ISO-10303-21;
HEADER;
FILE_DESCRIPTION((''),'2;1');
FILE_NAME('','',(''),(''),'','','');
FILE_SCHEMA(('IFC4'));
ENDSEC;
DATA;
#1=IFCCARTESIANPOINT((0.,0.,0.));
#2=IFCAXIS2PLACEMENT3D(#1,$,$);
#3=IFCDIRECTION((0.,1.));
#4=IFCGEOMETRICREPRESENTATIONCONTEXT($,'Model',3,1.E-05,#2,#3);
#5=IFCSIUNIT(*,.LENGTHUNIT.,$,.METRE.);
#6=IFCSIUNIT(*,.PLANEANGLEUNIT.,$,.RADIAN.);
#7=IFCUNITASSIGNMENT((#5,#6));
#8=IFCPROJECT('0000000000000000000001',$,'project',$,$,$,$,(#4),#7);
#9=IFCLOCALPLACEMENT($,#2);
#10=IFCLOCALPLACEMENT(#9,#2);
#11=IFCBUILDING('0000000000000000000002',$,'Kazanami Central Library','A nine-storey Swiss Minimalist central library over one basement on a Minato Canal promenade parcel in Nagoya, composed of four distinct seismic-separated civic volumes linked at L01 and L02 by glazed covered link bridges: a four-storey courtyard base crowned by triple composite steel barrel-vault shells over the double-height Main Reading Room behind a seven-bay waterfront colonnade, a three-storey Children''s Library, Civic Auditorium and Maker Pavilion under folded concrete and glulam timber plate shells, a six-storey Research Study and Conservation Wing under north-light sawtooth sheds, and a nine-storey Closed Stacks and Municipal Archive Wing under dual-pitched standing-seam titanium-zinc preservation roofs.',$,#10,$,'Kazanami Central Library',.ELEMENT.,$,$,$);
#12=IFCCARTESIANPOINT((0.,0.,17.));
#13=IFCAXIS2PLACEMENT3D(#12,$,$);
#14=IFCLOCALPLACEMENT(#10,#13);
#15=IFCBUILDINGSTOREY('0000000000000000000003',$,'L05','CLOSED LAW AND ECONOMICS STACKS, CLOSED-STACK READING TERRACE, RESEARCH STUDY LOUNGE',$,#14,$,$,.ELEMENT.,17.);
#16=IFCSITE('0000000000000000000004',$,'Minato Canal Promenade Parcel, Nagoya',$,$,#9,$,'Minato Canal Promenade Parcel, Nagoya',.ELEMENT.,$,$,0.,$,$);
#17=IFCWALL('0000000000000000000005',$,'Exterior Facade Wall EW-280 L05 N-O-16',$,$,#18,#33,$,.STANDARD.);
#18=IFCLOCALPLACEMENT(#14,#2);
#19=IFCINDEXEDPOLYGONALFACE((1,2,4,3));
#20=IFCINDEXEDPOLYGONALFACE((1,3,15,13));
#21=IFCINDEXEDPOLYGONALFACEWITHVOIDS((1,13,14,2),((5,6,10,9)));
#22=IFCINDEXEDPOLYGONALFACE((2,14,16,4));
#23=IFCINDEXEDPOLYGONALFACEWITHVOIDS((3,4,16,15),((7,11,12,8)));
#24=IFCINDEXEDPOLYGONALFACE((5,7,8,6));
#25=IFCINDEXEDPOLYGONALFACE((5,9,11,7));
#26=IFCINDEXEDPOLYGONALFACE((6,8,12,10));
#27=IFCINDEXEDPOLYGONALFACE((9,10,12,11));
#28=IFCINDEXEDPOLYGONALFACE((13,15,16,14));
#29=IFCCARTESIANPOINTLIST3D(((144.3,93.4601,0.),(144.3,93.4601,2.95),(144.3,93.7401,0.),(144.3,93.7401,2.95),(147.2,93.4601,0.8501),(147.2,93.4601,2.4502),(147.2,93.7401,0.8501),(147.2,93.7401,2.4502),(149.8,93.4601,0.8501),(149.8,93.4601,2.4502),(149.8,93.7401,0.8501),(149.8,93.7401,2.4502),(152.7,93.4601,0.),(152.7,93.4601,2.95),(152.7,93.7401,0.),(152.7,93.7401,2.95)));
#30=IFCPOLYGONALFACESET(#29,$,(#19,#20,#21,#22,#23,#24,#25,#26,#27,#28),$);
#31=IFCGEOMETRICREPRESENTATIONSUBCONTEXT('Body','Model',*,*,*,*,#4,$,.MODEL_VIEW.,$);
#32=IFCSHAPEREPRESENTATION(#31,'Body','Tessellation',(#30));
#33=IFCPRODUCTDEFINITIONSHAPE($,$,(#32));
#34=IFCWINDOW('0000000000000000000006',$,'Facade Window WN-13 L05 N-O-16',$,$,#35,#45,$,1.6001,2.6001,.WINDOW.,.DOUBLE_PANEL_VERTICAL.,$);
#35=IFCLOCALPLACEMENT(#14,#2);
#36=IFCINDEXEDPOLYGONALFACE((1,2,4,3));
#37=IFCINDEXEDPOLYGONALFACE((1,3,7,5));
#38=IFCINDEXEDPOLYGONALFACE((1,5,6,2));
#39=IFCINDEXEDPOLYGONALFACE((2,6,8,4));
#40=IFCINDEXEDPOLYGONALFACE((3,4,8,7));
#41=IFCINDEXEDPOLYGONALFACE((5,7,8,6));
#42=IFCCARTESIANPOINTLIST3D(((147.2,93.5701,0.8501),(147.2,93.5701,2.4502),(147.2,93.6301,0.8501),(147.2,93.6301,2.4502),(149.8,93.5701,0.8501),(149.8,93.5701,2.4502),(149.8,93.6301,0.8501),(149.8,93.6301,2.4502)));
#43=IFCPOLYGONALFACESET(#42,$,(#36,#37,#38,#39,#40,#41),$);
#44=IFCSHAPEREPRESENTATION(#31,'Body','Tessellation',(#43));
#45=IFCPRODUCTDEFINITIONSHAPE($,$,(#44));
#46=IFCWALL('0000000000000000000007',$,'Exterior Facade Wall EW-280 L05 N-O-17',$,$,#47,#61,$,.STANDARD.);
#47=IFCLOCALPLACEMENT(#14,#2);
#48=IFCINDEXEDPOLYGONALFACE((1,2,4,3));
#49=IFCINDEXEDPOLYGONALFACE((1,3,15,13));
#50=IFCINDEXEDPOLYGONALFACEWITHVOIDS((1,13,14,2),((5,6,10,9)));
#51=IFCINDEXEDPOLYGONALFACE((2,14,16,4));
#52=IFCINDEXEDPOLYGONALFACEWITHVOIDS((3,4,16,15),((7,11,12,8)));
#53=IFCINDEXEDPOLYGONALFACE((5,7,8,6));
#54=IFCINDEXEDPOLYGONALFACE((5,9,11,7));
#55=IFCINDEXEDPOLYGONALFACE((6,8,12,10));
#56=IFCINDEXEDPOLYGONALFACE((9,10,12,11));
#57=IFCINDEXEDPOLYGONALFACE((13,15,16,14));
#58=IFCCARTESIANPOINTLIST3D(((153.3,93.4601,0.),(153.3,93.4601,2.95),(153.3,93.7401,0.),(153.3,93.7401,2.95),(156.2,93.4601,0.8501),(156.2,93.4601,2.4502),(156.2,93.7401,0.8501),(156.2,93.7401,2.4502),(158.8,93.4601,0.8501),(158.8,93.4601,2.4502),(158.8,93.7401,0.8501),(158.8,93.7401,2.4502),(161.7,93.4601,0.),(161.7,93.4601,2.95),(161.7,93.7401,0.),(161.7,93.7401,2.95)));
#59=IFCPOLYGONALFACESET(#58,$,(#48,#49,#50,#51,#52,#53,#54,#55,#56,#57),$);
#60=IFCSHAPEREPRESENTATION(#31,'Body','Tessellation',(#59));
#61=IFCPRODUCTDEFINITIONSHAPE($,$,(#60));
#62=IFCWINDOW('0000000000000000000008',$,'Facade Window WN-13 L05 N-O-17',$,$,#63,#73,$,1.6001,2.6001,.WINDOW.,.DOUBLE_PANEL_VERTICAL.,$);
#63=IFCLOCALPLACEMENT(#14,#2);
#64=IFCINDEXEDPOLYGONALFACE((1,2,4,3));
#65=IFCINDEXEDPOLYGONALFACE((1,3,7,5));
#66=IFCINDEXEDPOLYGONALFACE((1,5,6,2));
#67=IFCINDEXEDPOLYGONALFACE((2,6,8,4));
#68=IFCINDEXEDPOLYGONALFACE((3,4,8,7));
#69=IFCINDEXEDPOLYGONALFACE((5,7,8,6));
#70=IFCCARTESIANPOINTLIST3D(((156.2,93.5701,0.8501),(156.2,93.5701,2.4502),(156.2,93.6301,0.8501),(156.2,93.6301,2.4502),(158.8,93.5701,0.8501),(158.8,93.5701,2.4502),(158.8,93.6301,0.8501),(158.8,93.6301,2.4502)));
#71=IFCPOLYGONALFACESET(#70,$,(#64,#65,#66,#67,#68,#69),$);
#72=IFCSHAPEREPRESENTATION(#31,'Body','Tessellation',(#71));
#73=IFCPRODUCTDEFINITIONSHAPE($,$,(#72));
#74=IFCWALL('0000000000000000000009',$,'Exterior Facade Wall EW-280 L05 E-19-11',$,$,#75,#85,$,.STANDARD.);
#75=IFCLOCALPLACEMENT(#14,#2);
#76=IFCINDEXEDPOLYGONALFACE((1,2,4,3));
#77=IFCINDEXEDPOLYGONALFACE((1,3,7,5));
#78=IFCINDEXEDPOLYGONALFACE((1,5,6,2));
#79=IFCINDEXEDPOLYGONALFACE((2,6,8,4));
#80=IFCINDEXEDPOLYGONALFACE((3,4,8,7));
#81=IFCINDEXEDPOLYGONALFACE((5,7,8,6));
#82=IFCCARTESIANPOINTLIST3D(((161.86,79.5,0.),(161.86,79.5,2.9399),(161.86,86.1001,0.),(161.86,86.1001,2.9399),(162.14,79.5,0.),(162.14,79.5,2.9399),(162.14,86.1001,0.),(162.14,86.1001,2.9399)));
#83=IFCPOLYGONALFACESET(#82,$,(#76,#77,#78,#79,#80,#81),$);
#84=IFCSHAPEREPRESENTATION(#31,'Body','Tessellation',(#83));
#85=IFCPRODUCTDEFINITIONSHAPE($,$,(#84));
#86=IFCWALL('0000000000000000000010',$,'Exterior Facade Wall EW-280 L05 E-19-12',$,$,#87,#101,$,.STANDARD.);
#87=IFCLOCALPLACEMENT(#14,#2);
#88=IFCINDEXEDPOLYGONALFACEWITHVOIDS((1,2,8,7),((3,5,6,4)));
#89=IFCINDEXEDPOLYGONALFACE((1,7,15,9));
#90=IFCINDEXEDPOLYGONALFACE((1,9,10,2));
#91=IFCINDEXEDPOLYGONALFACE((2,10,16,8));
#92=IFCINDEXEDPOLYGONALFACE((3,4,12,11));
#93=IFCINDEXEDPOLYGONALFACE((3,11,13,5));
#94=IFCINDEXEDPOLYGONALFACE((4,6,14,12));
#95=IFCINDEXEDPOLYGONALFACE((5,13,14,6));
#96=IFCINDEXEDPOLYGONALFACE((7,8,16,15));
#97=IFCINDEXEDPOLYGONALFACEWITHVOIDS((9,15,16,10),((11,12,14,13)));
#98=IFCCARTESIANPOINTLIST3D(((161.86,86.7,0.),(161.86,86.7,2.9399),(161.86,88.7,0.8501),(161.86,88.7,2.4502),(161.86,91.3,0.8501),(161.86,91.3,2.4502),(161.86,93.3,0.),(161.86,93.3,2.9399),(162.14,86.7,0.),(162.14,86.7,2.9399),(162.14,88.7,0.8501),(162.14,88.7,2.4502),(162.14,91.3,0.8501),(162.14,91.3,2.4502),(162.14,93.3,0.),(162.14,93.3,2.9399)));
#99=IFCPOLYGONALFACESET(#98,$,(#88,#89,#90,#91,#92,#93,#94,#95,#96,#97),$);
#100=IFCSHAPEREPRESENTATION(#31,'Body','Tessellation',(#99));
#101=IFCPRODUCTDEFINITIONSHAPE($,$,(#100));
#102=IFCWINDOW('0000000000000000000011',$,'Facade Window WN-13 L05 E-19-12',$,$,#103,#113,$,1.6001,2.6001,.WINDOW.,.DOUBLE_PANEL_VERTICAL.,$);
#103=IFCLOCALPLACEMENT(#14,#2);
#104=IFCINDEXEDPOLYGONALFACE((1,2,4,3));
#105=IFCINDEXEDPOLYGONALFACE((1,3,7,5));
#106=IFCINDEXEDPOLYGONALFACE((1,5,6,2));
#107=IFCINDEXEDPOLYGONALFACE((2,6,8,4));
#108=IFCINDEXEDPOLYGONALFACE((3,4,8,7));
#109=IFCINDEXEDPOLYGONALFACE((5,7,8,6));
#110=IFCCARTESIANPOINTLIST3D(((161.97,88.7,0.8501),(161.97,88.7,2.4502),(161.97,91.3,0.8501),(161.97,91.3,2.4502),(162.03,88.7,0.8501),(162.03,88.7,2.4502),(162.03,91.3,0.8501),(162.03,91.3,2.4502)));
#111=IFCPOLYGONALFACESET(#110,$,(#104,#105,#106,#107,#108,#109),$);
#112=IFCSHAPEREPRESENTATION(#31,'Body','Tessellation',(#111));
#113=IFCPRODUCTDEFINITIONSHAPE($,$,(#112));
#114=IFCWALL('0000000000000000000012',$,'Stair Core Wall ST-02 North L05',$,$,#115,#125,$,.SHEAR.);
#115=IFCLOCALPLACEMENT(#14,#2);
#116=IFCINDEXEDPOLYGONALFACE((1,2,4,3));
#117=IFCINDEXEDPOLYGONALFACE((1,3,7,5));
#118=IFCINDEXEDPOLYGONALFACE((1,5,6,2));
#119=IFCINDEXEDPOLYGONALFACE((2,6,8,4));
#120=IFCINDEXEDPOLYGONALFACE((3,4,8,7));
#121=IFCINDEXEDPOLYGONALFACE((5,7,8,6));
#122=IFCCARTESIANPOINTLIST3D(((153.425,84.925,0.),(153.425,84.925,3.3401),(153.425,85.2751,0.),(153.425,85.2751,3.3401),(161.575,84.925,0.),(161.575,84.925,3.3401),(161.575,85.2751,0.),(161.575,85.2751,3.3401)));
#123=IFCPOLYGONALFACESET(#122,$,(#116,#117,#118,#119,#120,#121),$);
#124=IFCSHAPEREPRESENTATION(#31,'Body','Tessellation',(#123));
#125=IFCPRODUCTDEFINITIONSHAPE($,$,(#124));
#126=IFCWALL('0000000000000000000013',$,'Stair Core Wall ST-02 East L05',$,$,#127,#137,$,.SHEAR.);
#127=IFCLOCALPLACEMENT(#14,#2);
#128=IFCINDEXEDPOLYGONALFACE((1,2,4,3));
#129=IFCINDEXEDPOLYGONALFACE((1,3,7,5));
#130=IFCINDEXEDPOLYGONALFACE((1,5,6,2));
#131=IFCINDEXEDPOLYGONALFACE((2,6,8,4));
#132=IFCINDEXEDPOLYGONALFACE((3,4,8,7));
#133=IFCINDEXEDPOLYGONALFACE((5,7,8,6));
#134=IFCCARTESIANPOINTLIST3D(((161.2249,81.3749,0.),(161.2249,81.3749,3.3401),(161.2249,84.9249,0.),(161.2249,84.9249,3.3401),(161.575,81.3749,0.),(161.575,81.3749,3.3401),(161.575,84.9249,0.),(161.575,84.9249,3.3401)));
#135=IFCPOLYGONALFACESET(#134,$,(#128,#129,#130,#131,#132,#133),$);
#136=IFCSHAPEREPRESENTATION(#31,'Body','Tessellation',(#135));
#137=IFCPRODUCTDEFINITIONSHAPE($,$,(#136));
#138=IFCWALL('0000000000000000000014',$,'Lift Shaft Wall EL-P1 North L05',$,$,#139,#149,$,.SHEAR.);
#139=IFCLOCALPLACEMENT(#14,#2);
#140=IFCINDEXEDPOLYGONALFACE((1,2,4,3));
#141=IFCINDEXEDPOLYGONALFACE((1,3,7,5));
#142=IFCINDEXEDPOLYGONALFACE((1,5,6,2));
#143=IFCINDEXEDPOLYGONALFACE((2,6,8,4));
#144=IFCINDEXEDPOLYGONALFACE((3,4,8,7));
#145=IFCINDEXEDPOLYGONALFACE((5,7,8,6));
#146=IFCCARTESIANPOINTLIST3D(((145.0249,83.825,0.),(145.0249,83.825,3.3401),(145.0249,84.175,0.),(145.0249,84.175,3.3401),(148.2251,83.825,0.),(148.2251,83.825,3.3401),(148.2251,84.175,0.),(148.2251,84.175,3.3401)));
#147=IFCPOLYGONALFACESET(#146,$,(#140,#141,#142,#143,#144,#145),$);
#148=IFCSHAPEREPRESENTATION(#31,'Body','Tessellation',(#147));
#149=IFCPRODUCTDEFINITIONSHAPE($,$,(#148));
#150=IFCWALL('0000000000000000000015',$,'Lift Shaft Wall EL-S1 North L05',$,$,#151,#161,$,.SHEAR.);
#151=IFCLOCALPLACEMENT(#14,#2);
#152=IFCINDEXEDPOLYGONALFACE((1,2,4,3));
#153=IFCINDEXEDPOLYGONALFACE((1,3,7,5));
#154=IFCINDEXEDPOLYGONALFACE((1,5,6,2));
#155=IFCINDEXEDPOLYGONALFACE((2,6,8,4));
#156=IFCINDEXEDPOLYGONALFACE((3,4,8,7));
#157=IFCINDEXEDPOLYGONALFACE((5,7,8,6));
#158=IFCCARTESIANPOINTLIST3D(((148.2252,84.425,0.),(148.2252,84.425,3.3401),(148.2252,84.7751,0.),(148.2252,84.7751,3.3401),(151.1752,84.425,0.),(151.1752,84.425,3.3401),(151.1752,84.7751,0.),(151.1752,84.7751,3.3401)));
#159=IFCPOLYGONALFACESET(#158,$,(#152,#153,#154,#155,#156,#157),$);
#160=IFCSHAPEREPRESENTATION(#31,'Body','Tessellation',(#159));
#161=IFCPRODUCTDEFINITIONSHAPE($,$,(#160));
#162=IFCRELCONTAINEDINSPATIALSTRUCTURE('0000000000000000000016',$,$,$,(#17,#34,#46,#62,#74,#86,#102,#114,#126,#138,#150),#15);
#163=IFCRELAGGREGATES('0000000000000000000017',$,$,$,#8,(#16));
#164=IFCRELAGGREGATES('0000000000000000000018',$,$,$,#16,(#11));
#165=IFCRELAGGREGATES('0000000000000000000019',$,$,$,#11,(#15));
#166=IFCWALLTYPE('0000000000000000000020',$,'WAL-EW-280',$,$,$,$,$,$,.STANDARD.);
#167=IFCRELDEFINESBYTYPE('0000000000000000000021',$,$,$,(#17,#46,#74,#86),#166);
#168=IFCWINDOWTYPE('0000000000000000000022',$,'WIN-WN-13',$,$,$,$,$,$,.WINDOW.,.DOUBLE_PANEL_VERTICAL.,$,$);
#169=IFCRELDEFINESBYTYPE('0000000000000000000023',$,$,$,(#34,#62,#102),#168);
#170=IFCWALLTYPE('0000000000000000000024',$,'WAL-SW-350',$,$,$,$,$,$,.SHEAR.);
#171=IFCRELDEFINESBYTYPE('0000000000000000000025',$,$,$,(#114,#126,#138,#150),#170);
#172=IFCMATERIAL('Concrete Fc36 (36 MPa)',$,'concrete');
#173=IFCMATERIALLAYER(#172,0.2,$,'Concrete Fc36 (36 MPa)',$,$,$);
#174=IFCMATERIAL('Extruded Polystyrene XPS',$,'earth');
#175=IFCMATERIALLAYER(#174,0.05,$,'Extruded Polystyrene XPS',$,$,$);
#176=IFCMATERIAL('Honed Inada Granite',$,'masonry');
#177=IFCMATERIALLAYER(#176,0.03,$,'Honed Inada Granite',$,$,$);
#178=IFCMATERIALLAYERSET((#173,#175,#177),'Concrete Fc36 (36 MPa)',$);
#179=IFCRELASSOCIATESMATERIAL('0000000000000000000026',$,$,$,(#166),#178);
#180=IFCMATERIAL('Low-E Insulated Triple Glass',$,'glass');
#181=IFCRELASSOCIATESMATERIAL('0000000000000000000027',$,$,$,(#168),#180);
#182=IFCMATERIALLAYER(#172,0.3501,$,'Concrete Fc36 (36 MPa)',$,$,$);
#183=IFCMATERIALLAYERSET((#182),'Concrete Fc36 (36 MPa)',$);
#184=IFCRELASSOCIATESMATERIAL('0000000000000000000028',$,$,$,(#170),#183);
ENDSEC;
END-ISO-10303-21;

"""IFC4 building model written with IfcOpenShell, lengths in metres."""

from ifc_helpers import new_model, si_unit, direction, frame, frame_2d, origin, place, context, subcontext, project, spatial, rectangle, extrude, material, layer, layer_set, type_object, element, fill, save


model = new_model("IFC4")

# Units and contexts
model_context = context("Model", 3, precision=1e-05, world=origin(), true_north=direction((0.0, 1.0)))
body_context = subcontext(model_context, "Body", "Model", "MODEL_VIEW")
ifc_project = project(units=[si_unit("LENGTHUNIT", "METRE"), si_unit("PLANEANGLEUNIT", "RADIAN")], contexts=[model_context])

# Site, building, storey
site_placement = place(None, origin())
site = spatial("IfcSite", under=ifc_project, at=site_placement, Name="Minato Canal Promenade Parcel, Nagoya", LongName="Minato Canal Promenade Parcel, Nagoya", CompositionType="ELEMENT", RefElevation=0.0)
building_placement = place(site_placement, origin())
building = spatial("IfcBuilding", under=site, at=building_placement, Name="Kazanami Central Library", Description="A nine-storey Swiss Minimalist central library over one basement on a Minato Canal promenade parcel in Nagoya, composed of four distinct seismic-separated civic volumes linked at L01 and L02 by glazed covered link bridges: a four-storey courtyard base crowned by triple composite steel barrel-vault shells over the double-height Main Reading Room behind a seven-bay waterfront colonnade, a three-storey Children's Library, Civic Auditorium and Maker Pavilion under folded concrete and glulam timber plate shells, a six-storey Research Study and Conservation Wing under north-light sawtooth sheds, and a nine-storey Closed Stacks and Municipal Archive Wing under dual-pitched standing-seam titanium-zinc preservation roofs.", LongName="Kazanami Central Library", CompositionType="ELEMENT")
storey_placement = place(building_placement, frame((0.0, 0.0, 17.0)))
storey = spatial("IfcBuildingStorey", under=building, at=storey_placement, Name="L05", Description="CLOSED LAW AND ECONOMICS STACKS, CLOSED-STACK READING TERRACE, RESEARCH STUDY LOUNGE", CompositionType="ELEMENT", Elevation=17.0)

# Walls, openings, windows
ifc_material_1 = material(Name="Concrete Fc36 (36 MPa)", Category="concrete")
ifc_layer_1 = layer(ifc_material_1, 0.2, Name="Concrete Fc36 (36 MPa)")
ifc_material_2 = material(Name="Extruded Polystyrene XPS", Category="earth")
ifc_layer_2 = layer(ifc_material_2, 0.05, Name="Extruded Polystyrene XPS")
ifc_material_3 = material(Name="Honed Inada Granite", Category="masonry")
ifc_layer_3 = layer(ifc_material_3, 0.03, Name="Honed Inada Granite")
ifc_layer_set_1 = layer_set([ifc_layer_1, ifc_layer_2, ifc_layer_3], Name="Concrete Fc36 (36 MPa)")
wall_type_1 = type_object("IfcWallType", Name="WAL-EW-280", PredefinedType="STANDARD", material=ifc_layer_set_1)
wall_1_placement = place(storey_placement, frame((152.7, 93.6001, 0.0), z_axis=(0.0, 0.0, 1.0), x_axis=(-1.0, 0.0, 0.0)))
wall_1 = element("IfcWall", 1, at=wall_1_placement, inside=storey, type_object=wall_type_1, Name="Exterior Facade Wall EW-280 L05 N-O-16", PredefinedType="STANDARD", context=body_context, shape_type="SweptSolid", body=[
    extrude(rectangle(XDim=8.3999, YDim=0.28, at=frame_2d((4.2, 0.0))), origin(), (0.0, 0.0, 1.0), 2.95),
])
opening_1_placement = place(wall_1_placement, frame((2.8999, 0.0, 0.8501)))
opening_1 = element("IfcOpeningElement", 2, at=opening_1_placement, cuts=wall_1, PredefinedType="OPENING", context=body_context, shape_type="SweptSolid", body=[
    extrude(rectangle(XDim=2.6001, YDim=1.6001, at=frame_2d((1.3, 0.8))), frame((0.0, 0.1519, 0.0), z_axis=(0.0, -1.0, 0.0), x_axis=(1.0, 0.0, 0.0)), (0.0, 0.0, 1.0), 0.304),
])
ifc_material_4 = material(Name="Low-E Insulated Triple Glass", Category="glass")
window_type = type_object("IfcWindowType", Name="WIN-WN-13", PartitioningType="DOUBLE_PANEL_VERTICAL", PredefinedType="WINDOW", material=ifc_material_4)
window_1_placement = place(opening_1_placement, origin())
window_1 = element("IfcWindow", 3, at=window_1_placement, inside=storey, type_object=window_type, Name="Facade Window WN-13 L05 N-O-16", OverallHeight=1.6001, OverallWidth=2.6001, PartitioningType="DOUBLE_PANEL_VERTICAL", PredefinedType="WINDOW", context=body_context, shape_type="SweptSolid", body=[
    extrude(rectangle(XDim=2.6001, YDim=1.6001, at=frame_2d((1.3, 0.8))), frame((0.0, 0.03, 0.0), z_axis=(0.0, -1.0, 0.0), x_axis=(1.0, 0.0, 0.0)), (0.0, 0.0, 1.0), 0.0601),
])
fill(opening_1, window_1)
wall_2_placement = place(storey_placement, frame((161.7, 93.6001, 0.0), z_axis=(0.0, 0.0, 1.0), x_axis=(-1.0, 0.0, 0.0)))
wall_2 = element("IfcWall", 4, at=wall_2_placement, inside=storey, type_object=wall_type_1, Name="Exterior Facade Wall EW-280 L05 N-O-17", PredefinedType="STANDARD", context=body_context, shape_type="SweptSolid", body=[
    extrude(rectangle(XDim=8.3999, YDim=0.28, at=frame_2d((4.2, 0.0))), origin(), (0.0, 0.0, 1.0), 2.95),
])
opening_2_placement = place(wall_2_placement, frame((2.8999, 0.0, 0.8501)))
opening_2 = element("IfcOpeningElement", 5, at=opening_2_placement, cuts=wall_2, PredefinedType="OPENING", context=body_context, shape_type="SweptSolid", body=[
    extrude(rectangle(XDim=2.6001, YDim=1.6001, at=frame_2d((1.3, 0.8))), frame((0.0, 0.1519, 0.0), z_axis=(0.0, -1.0, 0.0), x_axis=(1.0, 0.0, 0.0)), (0.0, 0.0, 1.0), 0.304),
])
window_2_placement = place(opening_2_placement, origin())
window_2 = element("IfcWindow", 6, at=window_2_placement, inside=storey, type_object=window_type, Name="Facade Window WN-13 L05 N-O-17", OverallHeight=1.6001, OverallWidth=2.6001, PartitioningType="DOUBLE_PANEL_VERTICAL", PredefinedType="WINDOW", context=body_context, shape_type="SweptSolid", body=[
    extrude(rectangle(XDim=2.6001, YDim=1.6001, at=frame_2d((1.3, 0.8))), frame((0.0, 0.03, 0.0), z_axis=(0.0, -1.0, 0.0), x_axis=(1.0, 0.0, 0.0)), (0.0, 0.0, 1.0), 0.0601),
])
fill(opening_2, window_2)

# Wall
wall_3_placement = place(storey_placement, frame((162.0, 86.1001, 0.0), z_axis=(0.0, 0.0, 1.0), x_axis=(0.0, -1.0, 0.0)))
element("IfcWall", 7, at=wall_3_placement, inside=storey, type_object=wall_type_1, Name="Exterior Facade Wall EW-280 L05 E-19-11", PredefinedType="STANDARD", context=body_context, shape_type="SweptSolid", body=[
    extrude(rectangle(XDim=6.6001, YDim=0.28, at=frame_2d((3.3, 0.0))), origin(), (0.0, 0.0, 1.0), 2.9399),
])

# Wall, opening, window
wall_4_placement = place(storey_placement, frame((162.0, 93.3, 0.0), z_axis=(0.0, 0.0, 1.0), x_axis=(0.0, -1.0, 0.0)))
wall_4 = element("IfcWall", 8, at=wall_4_placement, inside=storey, type_object=wall_type_1, Name="Exterior Facade Wall EW-280 L05 E-19-12", PredefinedType="STANDARD", context=body_context, shape_type="SweptSolid", body=[
    extrude(rectangle(XDim=6.6001, YDim=0.28, at=frame_2d((3.3, 0.0))), origin(), (0.0, 0.0, 1.0), 2.9399),
])
opening_3_placement = place(wall_4_placement, frame((2.0, 0.0, 0.8501)))
opening_3 = element("IfcOpeningElement", 9, at=opening_3_placement, cuts=wall_4, PredefinedType="OPENING", context=body_context, shape_type="SweptSolid", body=[
    extrude(rectangle(XDim=2.6001, YDim=1.6001, at=frame_2d((1.3, 0.8))), frame((0.0, 0.1519, 0.0), z_axis=(0.0, -1.0, 0.0), x_axis=(1.0, 0.0, 0.0)), (0.0, 0.0, 1.0), 0.304),
])
window_3_placement = place(opening_3_placement, origin())
window_3 = element("IfcWindow", 10, at=window_3_placement, inside=storey, type_object=window_type, Name="Facade Window WN-13 L05 E-19-12", OverallHeight=1.6001, OverallWidth=2.6001, PartitioningType="DOUBLE_PANEL_VERTICAL", PredefinedType="WINDOW", context=body_context, shape_type="SweptSolid", body=[
    extrude(rectangle(XDim=2.6001, YDim=1.6001, at=frame_2d((1.3, 0.8))), frame((0.0, 0.03, 0.0), z_axis=(0.0, -1.0, 0.0), x_axis=(1.0, 0.0, 0.0)), (0.0, 0.0, 1.0), 0.0601),
])
fill(opening_3, window_3)

# Walls
ifc_layer_4 = layer(ifc_material_1, 0.3501, Name="Concrete Fc36 (36 MPa)")
ifc_layer_set_2 = layer_set([ifc_layer_4], Name="Concrete Fc36 (36 MPa)")
wall_type_2 = type_object("IfcWallType", Name="WAL-SW-350", PredefinedType="SHEAR", material=ifc_layer_set_2)
wall_5_placement = place(storey_placement, frame((153.425, 85.1001, 0.0), z_axis=(0.0, 0.0, 1.0), x_axis=(1.0, 0.0, 0.0)))
element("IfcWall", 11, at=wall_5_placement, inside=storey, type_object=wall_type_2, Name="Stair Core Wall ST-02 North L05", PredefinedType="SHEAR", context=body_context, shape_type="SweptSolid", body=[
    extrude(rectangle(XDim=8.1499, YDim=0.3501, at=frame_2d((4.075, 0.0))), origin(), (0.0, 0.0, 1.0), 3.3401),
])
wall_6_placement = place(storey_placement, frame((161.3999, 81.375, 0.0), z_axis=(0.0, 0.0, 1.0), x_axis=(0.0, 1.0, 0.0)))
element("IfcWall", 12, at=wall_6_placement, inside=storey, type_object=wall_type_2, Name="Stair Core Wall ST-02 East L05", PredefinedType="SHEAR", context=body_context, shape_type="SweptSolid", body=[
    extrude(rectangle(XDim=3.55, YDim=0.3501, at=frame_2d((1.7749, 0.0))), origin(), (0.0, 0.0, 1.0), 3.3401),
])
wall_7_placement = place(storey_placement, frame((145.0249, 84.0, 0.0), z_axis=(0.0, 0.0, 1.0), x_axis=(1.0, 0.0, 0.0)))
element("IfcWall", 13, at=wall_7_placement, inside=storey, type_object=wall_type_2, Name="Lift Shaft Wall EL-P1 North L05", PredefinedType="SHEAR", context=body_context, shape_type="SweptSolid", body=[
    extrude(rectangle(XDim=3.2002, YDim=0.3501, at=frame_2d((1.6001, 0.0))), origin(), (0.0, 0.0, 1.0), 3.3401),
])
wall_8_placement = place(storey_placement, frame((148.2251, 84.6001, 0.0), z_axis=(0.0, 0.0, 1.0), x_axis=(1.0, 0.0, 0.0)))
element("IfcWall", 14, at=wall_8_placement, inside=storey, type_object=wall_type_2, Name="Lift Shaft Wall EL-S1 North L05", PredefinedType="SHEAR", context=body_context, shape_type="SweptSolid", body=[
    extrude(rectangle(XDim=2.95, YDim=0.3501, at=frame_2d((1.4751, 0.0))), origin(), (0.0, 0.0, 1.0), 3.3401),
])

save(model, "model.ifc")
